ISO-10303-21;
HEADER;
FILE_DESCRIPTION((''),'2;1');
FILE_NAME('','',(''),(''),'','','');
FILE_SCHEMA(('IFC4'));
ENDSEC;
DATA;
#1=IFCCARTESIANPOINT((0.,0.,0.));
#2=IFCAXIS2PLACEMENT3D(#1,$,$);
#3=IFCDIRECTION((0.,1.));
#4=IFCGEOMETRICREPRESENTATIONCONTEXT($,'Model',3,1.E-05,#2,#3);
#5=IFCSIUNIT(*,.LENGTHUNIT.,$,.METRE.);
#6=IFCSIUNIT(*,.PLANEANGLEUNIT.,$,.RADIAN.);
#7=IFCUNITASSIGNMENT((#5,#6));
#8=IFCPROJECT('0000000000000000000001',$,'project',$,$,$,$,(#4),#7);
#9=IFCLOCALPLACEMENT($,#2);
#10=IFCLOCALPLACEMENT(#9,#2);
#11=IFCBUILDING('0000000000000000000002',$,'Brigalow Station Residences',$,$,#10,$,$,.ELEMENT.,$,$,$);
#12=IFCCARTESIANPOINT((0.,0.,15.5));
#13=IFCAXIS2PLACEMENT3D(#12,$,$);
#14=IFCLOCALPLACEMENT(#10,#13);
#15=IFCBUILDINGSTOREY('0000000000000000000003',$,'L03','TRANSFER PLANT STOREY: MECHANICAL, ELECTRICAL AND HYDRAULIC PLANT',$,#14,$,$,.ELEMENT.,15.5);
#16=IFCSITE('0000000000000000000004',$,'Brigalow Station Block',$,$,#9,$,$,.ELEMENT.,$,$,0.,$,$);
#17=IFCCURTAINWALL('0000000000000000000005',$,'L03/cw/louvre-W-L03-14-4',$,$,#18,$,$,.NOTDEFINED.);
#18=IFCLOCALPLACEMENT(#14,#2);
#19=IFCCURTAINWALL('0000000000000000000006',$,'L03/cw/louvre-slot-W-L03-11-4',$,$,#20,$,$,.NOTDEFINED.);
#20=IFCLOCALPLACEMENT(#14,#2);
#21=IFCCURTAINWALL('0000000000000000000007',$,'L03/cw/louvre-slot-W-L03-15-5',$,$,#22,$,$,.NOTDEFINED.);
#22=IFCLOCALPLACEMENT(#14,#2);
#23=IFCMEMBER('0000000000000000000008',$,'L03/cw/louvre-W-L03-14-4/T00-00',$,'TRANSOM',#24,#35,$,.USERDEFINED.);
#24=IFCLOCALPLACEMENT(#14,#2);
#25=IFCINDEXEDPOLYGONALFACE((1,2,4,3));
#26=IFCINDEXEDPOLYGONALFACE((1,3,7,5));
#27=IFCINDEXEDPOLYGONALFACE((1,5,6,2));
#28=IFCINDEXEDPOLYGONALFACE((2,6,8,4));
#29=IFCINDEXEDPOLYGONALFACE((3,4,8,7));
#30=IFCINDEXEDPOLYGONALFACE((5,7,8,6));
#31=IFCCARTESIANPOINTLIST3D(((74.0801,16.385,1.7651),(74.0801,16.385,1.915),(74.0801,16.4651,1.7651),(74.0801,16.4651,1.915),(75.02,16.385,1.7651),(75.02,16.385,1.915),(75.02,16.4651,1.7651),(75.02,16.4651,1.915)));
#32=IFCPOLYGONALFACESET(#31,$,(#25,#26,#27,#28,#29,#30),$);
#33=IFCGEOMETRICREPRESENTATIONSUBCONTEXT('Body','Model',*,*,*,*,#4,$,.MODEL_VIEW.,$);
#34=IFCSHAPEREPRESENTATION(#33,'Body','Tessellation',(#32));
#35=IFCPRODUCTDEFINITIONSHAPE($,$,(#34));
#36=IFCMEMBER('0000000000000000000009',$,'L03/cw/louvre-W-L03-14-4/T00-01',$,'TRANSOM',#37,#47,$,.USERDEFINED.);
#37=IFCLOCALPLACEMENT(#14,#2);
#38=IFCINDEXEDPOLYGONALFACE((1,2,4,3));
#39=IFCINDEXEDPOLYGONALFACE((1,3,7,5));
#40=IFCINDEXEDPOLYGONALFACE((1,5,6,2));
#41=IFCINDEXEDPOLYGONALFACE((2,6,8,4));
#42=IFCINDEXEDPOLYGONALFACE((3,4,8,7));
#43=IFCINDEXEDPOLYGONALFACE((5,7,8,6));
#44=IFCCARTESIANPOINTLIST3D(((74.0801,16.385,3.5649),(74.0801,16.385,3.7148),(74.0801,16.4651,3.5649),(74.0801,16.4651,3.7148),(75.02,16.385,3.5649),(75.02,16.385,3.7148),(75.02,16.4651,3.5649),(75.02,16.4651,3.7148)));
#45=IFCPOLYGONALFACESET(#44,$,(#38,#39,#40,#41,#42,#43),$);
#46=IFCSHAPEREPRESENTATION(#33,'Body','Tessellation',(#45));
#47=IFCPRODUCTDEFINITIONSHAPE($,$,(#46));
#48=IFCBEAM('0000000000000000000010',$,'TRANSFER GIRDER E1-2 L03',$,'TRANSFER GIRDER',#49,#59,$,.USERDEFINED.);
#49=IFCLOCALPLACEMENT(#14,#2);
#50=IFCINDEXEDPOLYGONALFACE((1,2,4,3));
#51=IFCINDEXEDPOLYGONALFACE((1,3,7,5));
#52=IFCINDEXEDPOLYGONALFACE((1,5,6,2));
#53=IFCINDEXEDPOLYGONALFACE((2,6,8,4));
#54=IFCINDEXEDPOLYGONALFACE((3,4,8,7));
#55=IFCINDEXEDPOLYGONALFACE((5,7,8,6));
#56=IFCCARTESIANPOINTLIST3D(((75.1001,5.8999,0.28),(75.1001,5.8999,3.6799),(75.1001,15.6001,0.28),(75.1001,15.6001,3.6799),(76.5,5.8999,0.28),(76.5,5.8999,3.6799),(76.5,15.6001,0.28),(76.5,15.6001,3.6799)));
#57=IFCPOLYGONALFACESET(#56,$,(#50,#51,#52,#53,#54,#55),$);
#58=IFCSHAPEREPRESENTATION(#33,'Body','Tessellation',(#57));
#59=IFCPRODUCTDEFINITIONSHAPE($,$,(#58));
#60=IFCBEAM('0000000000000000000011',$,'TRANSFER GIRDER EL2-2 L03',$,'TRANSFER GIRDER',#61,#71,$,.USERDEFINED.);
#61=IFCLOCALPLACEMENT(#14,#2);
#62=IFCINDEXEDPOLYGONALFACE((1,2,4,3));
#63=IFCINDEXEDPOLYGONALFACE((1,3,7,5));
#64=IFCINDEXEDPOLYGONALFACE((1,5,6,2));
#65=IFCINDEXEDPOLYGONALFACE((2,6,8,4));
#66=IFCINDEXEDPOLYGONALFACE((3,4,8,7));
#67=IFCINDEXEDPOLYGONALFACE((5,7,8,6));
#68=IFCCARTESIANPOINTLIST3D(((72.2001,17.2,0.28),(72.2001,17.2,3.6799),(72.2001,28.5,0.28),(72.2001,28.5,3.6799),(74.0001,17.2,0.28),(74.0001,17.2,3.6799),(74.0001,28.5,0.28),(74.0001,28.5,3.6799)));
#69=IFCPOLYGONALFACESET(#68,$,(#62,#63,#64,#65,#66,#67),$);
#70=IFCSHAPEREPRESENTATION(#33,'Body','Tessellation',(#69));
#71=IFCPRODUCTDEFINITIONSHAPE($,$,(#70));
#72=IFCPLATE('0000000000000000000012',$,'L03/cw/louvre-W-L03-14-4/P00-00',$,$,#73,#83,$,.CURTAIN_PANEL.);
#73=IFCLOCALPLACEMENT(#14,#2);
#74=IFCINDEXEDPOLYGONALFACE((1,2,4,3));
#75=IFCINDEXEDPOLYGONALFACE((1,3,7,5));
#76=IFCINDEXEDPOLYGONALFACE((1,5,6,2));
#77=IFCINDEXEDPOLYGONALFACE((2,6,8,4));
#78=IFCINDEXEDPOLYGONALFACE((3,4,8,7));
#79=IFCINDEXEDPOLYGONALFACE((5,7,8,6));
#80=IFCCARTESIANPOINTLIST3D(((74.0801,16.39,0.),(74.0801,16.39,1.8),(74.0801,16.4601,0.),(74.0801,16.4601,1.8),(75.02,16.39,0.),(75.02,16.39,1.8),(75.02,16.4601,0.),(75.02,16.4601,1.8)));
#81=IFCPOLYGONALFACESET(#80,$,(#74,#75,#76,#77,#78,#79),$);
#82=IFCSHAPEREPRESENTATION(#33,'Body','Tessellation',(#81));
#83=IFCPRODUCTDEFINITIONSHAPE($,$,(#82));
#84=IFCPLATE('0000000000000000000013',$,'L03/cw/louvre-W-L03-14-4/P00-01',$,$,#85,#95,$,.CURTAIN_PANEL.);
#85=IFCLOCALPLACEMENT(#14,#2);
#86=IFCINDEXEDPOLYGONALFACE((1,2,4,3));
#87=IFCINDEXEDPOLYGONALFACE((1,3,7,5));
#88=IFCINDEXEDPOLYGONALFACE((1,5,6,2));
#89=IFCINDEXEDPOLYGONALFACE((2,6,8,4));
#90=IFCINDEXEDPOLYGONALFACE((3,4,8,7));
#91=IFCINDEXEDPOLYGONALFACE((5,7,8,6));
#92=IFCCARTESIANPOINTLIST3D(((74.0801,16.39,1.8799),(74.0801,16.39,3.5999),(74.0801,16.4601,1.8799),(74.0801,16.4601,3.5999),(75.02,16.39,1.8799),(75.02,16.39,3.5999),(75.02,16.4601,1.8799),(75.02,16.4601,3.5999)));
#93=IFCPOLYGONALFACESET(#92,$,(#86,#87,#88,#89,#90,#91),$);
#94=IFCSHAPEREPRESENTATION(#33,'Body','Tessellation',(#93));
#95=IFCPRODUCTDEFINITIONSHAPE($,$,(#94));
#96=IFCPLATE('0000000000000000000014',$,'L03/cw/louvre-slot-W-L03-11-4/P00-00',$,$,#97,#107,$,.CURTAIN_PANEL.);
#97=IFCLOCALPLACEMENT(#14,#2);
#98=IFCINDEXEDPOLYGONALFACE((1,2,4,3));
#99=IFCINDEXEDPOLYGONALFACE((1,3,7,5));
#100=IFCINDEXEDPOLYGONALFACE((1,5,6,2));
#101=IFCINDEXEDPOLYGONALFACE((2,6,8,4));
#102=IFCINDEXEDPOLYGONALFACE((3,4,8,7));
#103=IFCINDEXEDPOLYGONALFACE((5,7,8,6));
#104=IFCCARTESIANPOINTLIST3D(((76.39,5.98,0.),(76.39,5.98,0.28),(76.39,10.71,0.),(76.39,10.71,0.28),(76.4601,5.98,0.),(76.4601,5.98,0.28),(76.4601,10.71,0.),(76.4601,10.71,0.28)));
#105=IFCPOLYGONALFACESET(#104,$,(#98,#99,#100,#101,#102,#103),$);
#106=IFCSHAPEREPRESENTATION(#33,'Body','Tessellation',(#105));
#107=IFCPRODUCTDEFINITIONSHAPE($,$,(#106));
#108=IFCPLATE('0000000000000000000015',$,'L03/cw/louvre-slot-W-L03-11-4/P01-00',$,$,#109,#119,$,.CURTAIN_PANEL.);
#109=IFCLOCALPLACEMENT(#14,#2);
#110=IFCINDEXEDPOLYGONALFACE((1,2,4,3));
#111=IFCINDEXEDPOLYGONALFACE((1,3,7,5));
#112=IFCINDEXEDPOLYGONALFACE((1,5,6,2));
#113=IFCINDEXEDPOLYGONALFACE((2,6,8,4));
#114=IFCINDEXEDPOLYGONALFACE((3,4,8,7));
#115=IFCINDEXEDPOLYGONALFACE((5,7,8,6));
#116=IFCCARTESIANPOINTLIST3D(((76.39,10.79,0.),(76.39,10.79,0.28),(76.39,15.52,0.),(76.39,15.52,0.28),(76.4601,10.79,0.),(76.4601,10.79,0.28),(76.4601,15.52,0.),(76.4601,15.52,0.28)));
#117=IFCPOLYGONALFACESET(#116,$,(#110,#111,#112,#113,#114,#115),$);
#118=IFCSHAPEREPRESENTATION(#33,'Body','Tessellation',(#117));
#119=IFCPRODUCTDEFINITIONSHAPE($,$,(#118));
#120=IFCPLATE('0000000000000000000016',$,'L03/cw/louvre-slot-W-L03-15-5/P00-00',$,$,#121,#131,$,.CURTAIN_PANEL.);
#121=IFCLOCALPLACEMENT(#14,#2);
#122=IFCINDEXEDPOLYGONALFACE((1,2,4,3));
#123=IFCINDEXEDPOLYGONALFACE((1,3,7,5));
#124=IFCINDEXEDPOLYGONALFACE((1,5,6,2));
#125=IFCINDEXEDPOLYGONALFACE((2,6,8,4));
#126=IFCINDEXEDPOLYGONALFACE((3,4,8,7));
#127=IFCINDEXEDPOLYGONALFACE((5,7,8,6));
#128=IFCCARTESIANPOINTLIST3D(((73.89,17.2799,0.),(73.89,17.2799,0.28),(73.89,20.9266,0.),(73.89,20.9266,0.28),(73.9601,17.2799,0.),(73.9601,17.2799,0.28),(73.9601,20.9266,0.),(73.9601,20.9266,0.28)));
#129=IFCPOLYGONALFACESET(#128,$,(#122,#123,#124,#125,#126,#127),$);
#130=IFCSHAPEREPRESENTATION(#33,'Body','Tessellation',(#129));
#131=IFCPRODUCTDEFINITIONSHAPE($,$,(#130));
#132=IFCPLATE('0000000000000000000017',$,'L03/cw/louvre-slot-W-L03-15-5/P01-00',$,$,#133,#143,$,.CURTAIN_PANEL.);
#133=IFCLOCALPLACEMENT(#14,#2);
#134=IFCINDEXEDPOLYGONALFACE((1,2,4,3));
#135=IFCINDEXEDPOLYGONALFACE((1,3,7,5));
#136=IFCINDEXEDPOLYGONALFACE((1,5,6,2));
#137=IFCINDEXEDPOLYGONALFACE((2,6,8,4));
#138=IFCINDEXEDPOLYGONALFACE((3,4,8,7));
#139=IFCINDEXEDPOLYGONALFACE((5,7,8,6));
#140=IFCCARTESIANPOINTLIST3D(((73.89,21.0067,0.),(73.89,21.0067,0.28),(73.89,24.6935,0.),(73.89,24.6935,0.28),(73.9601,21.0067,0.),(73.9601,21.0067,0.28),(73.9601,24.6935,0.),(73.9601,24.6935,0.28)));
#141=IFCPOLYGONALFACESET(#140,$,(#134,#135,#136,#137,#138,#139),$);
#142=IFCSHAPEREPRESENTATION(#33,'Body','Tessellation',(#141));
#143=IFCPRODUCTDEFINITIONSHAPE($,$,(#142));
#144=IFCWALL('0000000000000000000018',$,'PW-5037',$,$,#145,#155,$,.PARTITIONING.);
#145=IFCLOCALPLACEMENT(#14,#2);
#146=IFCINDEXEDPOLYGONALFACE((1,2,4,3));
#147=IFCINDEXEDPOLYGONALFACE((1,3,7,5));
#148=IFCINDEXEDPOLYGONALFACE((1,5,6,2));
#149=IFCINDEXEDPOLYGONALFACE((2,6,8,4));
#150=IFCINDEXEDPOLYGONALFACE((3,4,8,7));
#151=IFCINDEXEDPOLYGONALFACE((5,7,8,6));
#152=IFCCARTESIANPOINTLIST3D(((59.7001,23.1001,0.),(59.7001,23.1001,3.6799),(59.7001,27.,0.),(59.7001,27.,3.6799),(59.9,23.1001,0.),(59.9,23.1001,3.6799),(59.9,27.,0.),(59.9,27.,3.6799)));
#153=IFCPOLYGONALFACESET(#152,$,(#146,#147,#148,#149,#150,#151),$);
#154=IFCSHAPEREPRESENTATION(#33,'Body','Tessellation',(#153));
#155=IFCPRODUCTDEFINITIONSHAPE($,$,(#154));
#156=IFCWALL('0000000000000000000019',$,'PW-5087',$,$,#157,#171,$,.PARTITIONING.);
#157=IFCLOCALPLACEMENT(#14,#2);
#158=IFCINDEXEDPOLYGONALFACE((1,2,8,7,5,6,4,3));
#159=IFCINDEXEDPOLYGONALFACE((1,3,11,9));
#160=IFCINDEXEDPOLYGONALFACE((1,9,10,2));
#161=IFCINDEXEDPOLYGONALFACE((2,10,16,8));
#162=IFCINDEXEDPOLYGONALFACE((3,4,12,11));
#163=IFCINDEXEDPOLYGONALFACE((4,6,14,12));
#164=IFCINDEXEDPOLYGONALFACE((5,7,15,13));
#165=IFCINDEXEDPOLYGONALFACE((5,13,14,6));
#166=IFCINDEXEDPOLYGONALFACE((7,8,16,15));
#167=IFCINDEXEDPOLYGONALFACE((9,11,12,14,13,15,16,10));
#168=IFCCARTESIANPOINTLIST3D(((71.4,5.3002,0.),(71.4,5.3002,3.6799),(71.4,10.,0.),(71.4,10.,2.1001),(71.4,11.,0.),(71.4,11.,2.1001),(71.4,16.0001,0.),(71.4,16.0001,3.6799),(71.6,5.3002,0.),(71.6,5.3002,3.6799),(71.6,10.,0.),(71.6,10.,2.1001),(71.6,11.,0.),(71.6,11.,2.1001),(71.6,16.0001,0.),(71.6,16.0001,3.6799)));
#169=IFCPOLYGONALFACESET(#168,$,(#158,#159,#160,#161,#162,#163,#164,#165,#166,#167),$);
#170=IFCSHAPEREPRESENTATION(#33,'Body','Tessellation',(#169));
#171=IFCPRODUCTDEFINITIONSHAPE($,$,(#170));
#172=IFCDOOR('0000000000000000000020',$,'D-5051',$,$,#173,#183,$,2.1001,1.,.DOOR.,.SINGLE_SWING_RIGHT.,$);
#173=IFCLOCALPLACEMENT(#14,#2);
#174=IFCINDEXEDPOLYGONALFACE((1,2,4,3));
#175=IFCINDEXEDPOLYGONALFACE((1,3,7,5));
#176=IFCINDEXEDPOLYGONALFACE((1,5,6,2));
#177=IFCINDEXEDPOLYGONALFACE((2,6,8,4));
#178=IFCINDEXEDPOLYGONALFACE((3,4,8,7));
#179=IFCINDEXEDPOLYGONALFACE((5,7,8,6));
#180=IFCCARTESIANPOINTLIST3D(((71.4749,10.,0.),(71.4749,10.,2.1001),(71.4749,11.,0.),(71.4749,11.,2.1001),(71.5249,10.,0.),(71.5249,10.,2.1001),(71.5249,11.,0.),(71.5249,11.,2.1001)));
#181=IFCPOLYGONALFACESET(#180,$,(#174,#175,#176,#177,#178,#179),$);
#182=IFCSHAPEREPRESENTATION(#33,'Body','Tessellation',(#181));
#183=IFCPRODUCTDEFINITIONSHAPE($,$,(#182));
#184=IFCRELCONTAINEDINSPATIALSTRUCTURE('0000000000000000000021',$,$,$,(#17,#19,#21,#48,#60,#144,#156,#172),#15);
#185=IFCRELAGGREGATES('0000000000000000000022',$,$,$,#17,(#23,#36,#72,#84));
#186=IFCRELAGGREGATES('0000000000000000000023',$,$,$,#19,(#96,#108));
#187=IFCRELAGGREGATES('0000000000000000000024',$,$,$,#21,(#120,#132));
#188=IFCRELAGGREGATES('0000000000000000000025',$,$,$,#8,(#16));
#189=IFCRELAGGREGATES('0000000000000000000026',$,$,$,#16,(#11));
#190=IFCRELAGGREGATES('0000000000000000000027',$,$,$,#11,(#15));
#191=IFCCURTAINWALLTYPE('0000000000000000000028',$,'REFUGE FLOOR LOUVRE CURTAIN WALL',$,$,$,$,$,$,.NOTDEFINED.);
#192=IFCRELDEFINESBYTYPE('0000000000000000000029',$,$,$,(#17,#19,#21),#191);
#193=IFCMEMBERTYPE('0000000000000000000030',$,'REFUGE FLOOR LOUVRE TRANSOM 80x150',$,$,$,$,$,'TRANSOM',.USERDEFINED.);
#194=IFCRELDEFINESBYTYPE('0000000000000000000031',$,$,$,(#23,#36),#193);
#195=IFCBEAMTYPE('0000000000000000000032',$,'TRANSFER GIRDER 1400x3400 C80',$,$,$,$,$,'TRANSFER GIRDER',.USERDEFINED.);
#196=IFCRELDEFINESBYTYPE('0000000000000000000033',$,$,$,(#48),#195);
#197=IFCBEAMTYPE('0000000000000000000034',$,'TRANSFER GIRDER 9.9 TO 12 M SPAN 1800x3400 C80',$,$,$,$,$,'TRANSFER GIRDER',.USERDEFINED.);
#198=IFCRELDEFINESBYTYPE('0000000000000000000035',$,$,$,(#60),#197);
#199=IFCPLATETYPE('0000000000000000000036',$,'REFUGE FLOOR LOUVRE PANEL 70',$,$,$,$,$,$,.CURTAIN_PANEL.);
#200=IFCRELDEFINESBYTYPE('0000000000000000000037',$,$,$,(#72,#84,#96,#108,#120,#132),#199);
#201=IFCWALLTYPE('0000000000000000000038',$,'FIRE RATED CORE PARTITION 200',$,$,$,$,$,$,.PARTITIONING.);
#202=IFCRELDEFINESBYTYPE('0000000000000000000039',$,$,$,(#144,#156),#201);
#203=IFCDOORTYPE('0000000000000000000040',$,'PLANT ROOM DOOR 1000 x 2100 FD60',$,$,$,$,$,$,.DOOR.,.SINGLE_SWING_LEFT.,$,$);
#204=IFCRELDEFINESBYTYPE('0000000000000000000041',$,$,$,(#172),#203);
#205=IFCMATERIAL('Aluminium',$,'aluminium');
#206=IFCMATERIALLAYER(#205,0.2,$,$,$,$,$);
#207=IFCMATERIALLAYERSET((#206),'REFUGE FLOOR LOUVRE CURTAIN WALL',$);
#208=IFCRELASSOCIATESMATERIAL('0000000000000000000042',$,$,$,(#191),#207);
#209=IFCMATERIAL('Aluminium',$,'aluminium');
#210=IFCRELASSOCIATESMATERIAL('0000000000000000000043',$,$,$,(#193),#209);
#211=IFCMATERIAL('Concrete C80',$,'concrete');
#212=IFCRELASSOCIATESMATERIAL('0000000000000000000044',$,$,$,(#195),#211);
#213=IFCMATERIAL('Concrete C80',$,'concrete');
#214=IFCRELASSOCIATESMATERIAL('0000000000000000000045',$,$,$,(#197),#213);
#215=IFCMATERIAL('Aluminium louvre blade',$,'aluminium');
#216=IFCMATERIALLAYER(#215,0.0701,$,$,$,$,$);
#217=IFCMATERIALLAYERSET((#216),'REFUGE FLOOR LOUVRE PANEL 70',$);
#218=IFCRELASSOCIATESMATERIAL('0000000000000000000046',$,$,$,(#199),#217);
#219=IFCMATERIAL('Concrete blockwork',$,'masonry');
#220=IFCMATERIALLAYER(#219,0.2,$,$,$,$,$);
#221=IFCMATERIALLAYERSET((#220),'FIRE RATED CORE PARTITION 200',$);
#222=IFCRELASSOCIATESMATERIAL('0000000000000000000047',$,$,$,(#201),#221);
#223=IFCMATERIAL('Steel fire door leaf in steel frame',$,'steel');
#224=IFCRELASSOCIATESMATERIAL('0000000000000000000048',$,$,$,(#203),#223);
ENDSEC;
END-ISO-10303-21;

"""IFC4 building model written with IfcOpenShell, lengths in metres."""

from ifc_helpers import new_model, si_unit, direction, frame, frame_2d, origin, origin_2d, place, context, subcontext, project, spatial, rectangle, extrude, material, layer, layer_set, material_profile, profile_set, type_object, element, fill, aggregate, save


model = new_model("IFC4")

# Units and contexts
model_context = context("Model", 3, precision=1e-05, world=origin(), true_north=direction((0.0, 1.0)))
body_context = subcontext(model_context, "Body", "Model", "MODEL_VIEW")
ifc_project = project(units=[si_unit("LENGTHUNIT", "METRE"), si_unit("PLANEANGLEUNIT", "RADIAN")], contexts=[model_context])

# Site, building, storey
site_placement = place(None, origin())
site = spatial("IfcSite", under=ifc_project, at=site_placement, Name="Brigalow Station Block", CompositionType="ELEMENT", RefElevation=0.0)
building_placement = place(site_placement, origin())
building = spatial("IfcBuilding", under=site, at=building_placement, Name="Brigalow Station Residences", CompositionType="ELEMENT")
storey_placement = place(building_placement, frame((0.0, 0.0, 15.5)))
storey = spatial("IfcBuildingStorey", under=building, at=storey_placement, Name="L03", Description="TRANSFER PLANT STOREY: MECHANICAL, ELECTRICAL AND HYDRAULIC PLANT", CompositionType="ELEMENT", Elevation=15.5)

# Curtain walls
ifc_material_1 = material(Name="Aluminium", Category="aluminium")
ifc_layer_1 = layer(ifc_material_1, 0.2)
ifc_layer_set_1 = layer_set([ifc_layer_1], Name="REFUGE FLOOR LOUVRE CURTAIN WALL")
curtain_wall_type = type_object("IfcCurtainWallType", Name="REFUGE FLOOR LOUVRE CURTAIN WALL", PredefinedType="NOTDEFINED", material=ifc_layer_set_1)
curtain_wall_1_placement = place(storey_placement, origin())
curtain_wall_1 = element("IfcCurtainWall", 1, at=curtain_wall_1_placement, inside=storey, type_object=curtain_wall_type, Name="L03/cw/louvre-W-L03-14-4", PredefinedType="NOTDEFINED")
curtain_wall_2_placement = place(storey_placement, origin())
curtain_wall_2 = element("IfcCurtainWall", 2, at=curtain_wall_2_placement, inside=storey, type_object=curtain_wall_type, Name="L03/cw/louvre-slot-W-L03-11-4", PredefinedType="NOTDEFINED")
curtain_wall_3_placement = place(storey_placement, origin())
curtain_wall_3 = element("IfcCurtainWall", 3, at=curtain_wall_3_placement, inside=storey, type_object=curtain_wall_type, Name="L03/cw/louvre-slot-W-L03-15-5", PredefinedType="NOTDEFINED")

# Members
ifc_material_2 = material(Name="Aluminium", Category="aluminium")
ifc_material_profile_1 = material_profile(ifc_material_2, rectangle(XDim=0.0801, YDim=0.1499, at=origin_2d()), Name="REFUGE FLOOR LOUVRE TRANSOM 80x150")
ifc_profile_set_1 = profile_set([ifc_material_profile_1], Name="Aluminium")
member_type_1 = type_object("IfcMemberType", Name="REFUGE FLOOR LOUVRE TRANSOM 80x150", ElementType="TRANSOM", PredefinedType="USERDEFINED", material=ifc_profile_set_1)
member_1_placement = place(storey_placement, frame((75.02, 16.425, 1.8401), z_axis=(-1.0, 0.0, 0.0), x_axis=(0.0, -1.0, 0.0)))
member_1 = element("IfcMember", 4, at=member_1_placement, type_object=member_type_1, Name="L03/cw/louvre-W-L03-14-4/T00-00", ObjectType="TRANSOM", PredefinedType="USERDEFINED", context=body_context, shape_type="SweptSolid", body=[
    extrude(rectangle(XDim=0.0801, YDim=0.1499, at=origin_2d()), origin(), (0.0, 0.0, 1.0), 0.9399),
])
member_2_placement = place(storey_placement, frame((75.02, 16.425, 3.6399), z_axis=(-1.0, 0.0, 0.0), x_axis=(0.0, -1.0, 0.0)))
member_2 = element("IfcMember", 5, at=member_2_placement, type_object=member_type_1, Name="L03/cw/louvre-W-L03-14-4/T00-01", ObjectType="TRANSOM", PredefinedType="USERDEFINED", context=body_context, shape_type="SweptSolid", body=[
    extrude(rectangle(XDim=0.0801, YDim=0.1499, at=origin_2d()), origin(), (0.0, 0.0, 1.0), 0.9399),
])

# Beams
ifc_material_3 = material(Name="Concrete C80", Category="concrete")
ifc_material_profile_2 = material_profile(ifc_material_3, rectangle(XDim=1.3999, YDim=3.3999, at=origin_2d()), Name="RC1400x3400")
ifc_profile_set_2 = profile_set([ifc_material_profile_2], Name="Concrete C80")
beam_type_1 = type_object("IfcBeamType", Name="TRANSFER GIRDER 1400x3400 C80", ElementType="TRANSFER GIRDER", PredefinedType="USERDEFINED", material=ifc_profile_set_2)
beam_1_placement = place(storey_placement, frame((75.8, 5.8999, 1.98), z_axis=(0.0, 1.0, 0.0), x_axis=(-1.0, 0.0, 0.0)))
element("IfcBeam", 6, at=beam_1_placement, inside=storey, type_object=beam_type_1, Name="TRANSFER GIRDER E1-2 L03", ObjectType="TRANSFER GIRDER", PredefinedType="USERDEFINED", context=body_context, shape_type="SweptSolid", body=[
    extrude(rectangle(XDim=1.3999, YDim=3.3999, at=origin_2d()), origin(), (0.0, 0.0, 1.0), 9.7002),
])
ifc_material_4 = material(Name="Concrete C80", Category="concrete")
ifc_material_profile_3 = material_profile(ifc_material_4, rectangle(XDim=1.8, YDim=3.3999, at=origin_2d()), Name="RC1800x3400")
ifc_profile_set_3 = profile_set([ifc_material_profile_3], Name="Concrete C80")
beam_type_2 = type_object("IfcBeamType", Name="TRANSFER GIRDER 9.9 TO 12 M SPAN 1800x3400 C80", ElementType="TRANSFER GIRDER", PredefinedType="USERDEFINED", material=ifc_profile_set_3)
beam_2_placement = place(storey_placement, frame((73.1001, 17.2, 1.98), z_axis=(0.0, 1.0, 0.0), x_axis=(-1.0, 0.0, 0.0)))
element("IfcBeam", 7, at=beam_2_placement, inside=storey, type_object=beam_type_2, Name="TRANSFER GIRDER EL2-2 L03", ObjectType="TRANSFER GIRDER", PredefinedType="USERDEFINED", context=body_context, shape_type="SweptSolid", body=[
    extrude(rectangle(XDim=1.8, YDim=3.3999, at=origin_2d()), origin(), (0.0, 0.0, 1.0), 11.3),
])

# Plates
ifc_material_5 = material(Name="Aluminium louvre blade", Category="aluminium")
ifc_layer_2 = layer(ifc_material_5, 0.0701)
ifc_layer_set_2 = layer_set([ifc_layer_2], Name="REFUGE FLOOR LOUVRE PANEL 70")
plate_type = type_object("IfcPlateType", Name="REFUGE FLOOR LOUVRE PANEL 70", PredefinedType="CURTAIN_PANEL", material=ifc_layer_set_2)
plate_1_placement = place(storey_placement, frame((74.55, 16.425, 0.0), z_axis=(0.0, 0.0, 1.0), x_axis=(-1.0, 0.0, 0.0)))
plate_1 = element("IfcPlate", 8, at=plate_1_placement, type_object=plate_type, Name="L03/cw/louvre-W-L03-14-4/P00-00", PredefinedType="CURTAIN_PANEL", context=body_context, shape_type="SweptSolid", body=[
    extrude(rectangle(XDim=0.9399, YDim=0.0701, at=origin_2d()), origin(), (0.0, 0.0, 1.0), 1.8),
])
plate_2_placement = place(storey_placement, frame((74.55, 16.425, 1.8799), z_axis=(0.0, 0.0, 1.0), x_axis=(-1.0, 0.0, 0.0)))
plate_2 = element("IfcPlate", 9, at=plate_2_placement, type_object=plate_type, Name="L03/cw/louvre-W-L03-14-4/P00-01", PredefinedType="CURTAIN_PANEL", context=body_context, shape_type="SweptSolid", body=[
    extrude(rectangle(XDim=0.9399, YDim=0.0701, at=origin_2d()), origin(), (0.0, 0.0, 1.0), 1.72),
])
aggregate(curtain_wall_1, [member_1, member_2, plate_1, plate_2])
plate_3_placement = place(storey_placement, frame((76.425, 8.345, 0.0), z_axis=(0.0, 0.0, 1.0), x_axis=(0.0, 1.0, 0.0)))
plate_3 = element("IfcPlate", 10, at=plate_3_placement, type_object=plate_type, Name="L03/cw/louvre-slot-W-L03-11-4/P00-00", PredefinedType="CURTAIN_PANEL", context=body_context, shape_type="SweptSolid", body=[
    extrude(rectangle(XDim=4.73, YDim=0.0701, at=origin_2d()), origin(), (0.0, 0.0, 1.0), 0.28),
])
plate_4_placement = place(storey_placement, frame((76.425, 13.155, 0.0), z_axis=(0.0, 0.0, 1.0), x_axis=(0.0, 1.0, 0.0)))
plate_4 = element("IfcPlate", 11, at=plate_4_placement, type_object=plate_type, Name="L03/cw/louvre-slot-W-L03-11-4/P01-00", PredefinedType="CURTAIN_PANEL", context=body_context, shape_type="SweptSolid", body=[
    extrude(rectangle(XDim=4.73, YDim=0.0701, at=origin_2d()), origin(), (0.0, 0.0, 1.0), 0.28),
])
aggregate(curtain_wall_2, [plate_3, plate_4])
plate_5_placement = place(storey_placement, frame((73.925, 19.1033, 0.0), z_axis=(0.0, 0.0, 1.0), x_axis=(0.0, 1.0, 0.0)))
plate_5 = element("IfcPlate", 12, at=plate_5_placement, type_object=plate_type, Name="L03/cw/louvre-slot-W-L03-15-5/P00-00", PredefinedType="CURTAIN_PANEL", context=body_context, shape_type="SweptSolid", body=[
    extrude(rectangle(XDim=3.6467, YDim=0.0701, at=origin_2d()), origin(), (0.0, 0.0, 1.0), 0.28),
])
plate_6_placement = place(storey_placement, frame((73.925, 22.8501, 0.0), z_axis=(0.0, 0.0, 1.0), x_axis=(0.0, 1.0, 0.0)))
plate_6 = element("IfcPlate", 13, at=plate_6_placement, type_object=plate_type, Name="L03/cw/louvre-slot-W-L03-15-5/P01-00", PredefinedType="CURTAIN_PANEL", context=body_context, shape_type="SweptSolid", body=[
    extrude(rectangle(XDim=3.6868, YDim=0.0701, at=origin_2d()), origin(), (0.0, 0.0, 1.0), 0.28),
])
aggregate(curtain_wall_3, [plate_5, plate_6])

# Wall
ifc_material_6 = material(Name="Concrete blockwork", Category="masonry")
ifc_layer_3 = layer(ifc_material_6, 0.2)
ifc_layer_set_3 = layer_set([ifc_layer_3], Name="FIRE RATED CORE PARTITION 200")
wall_type_1 = type_object("IfcWallType", Name="FIRE RATED CORE PARTITION 200", PredefinedType="PARTITIONING", material=ifc_layer_set_3)
wall_1_placement = place(storey_placement, frame((59.8, 23.1001, 0.0), z_axis=(0.0, 0.0, 1.0), x_axis=(0.0, 1.0, 0.0)))
element("IfcWall", 14, at=wall_1_placement, inside=storey, type_object=wall_type_1, Name="PW-5037", PredefinedType="PARTITIONING", context=body_context, shape_type="SweptSolid", body=[
    extrude(rectangle(XDim=3.8999, YDim=0.2, at=frame_2d((1.95, 0.0))), origin(), (0.0, 0.0, 1.0), 3.6799),
])

# Wall, opening, door
wall_2_placement = place(storey_placement, frame((71.5, 5.3, 0.0), z_axis=(0.0, 0.0, 1.0), x_axis=(0.0, 1.0, 0.0)))
wall_2 = element("IfcWall", 15, at=wall_2_placement, inside=storey, type_object=wall_type_1, Name="PW-5087", PredefinedType="PARTITIONING", context=body_context, shape_type="SweptSolid", body=[
    extrude(rectangle(XDim=10.7, YDim=0.2, at=frame_2d((5.3501, 0.0))), origin(), (0.0, 0.0, 1.0), 3.6799),
])
opening_placement = place(wall_2_placement, frame((4.7, 0.0, 0.0)))
opening = element("IfcOpeningElement", 16, at=opening_placement, cuts=wall_2, PredefinedType="OPENING", context=body_context, shape_type="SweptSolid", body=[
    extrude(rectangle(XDim=1.0, YDim=2.1001, at=frame_2d((0.5, 1.05))), frame((0.0, 0.1099, 0.0), z_axis=(0.0, -1.0, 0.0), x_axis=(1.0, 0.0, 0.0)), (0.0, 0.0, 1.0), 0.22),
])
ifc_material_7 = material(Name="Steel fire door leaf in steel frame", Category="steel")
door_type = type_object("IfcDoorType", Name="PLANT ROOM DOOR 1000 x 2100 FD60", OperationType="SINGLE_SWING_LEFT", PredefinedType="DOOR", material=ifc_material_7)
door_placement = place(opening_placement, frame((1.0, 0.0, 0.0), z_axis=(0.0, 0.0, 1.0), x_axis=(-1.0, 0.0, 0.0)))
door = element("IfcDoor", 17, at=door_placement, inside=storey, type_object=door_type, Name="D-5051", OperationType="SINGLE_SWING_RIGHT", OverallHeight=2.1001, OverallWidth=1.0, PredefinedType="DOOR", context=body_context, shape_type="SweptSolid", body=[
    extrude(rectangle(XDim=1.0, YDim=2.1001, at=frame_2d((0.5, 1.05))), frame((0.0, 0.0249, 0.0), z_axis=(0.0, -1.0, 0.0), x_axis=(1.0, 0.0, 0.0)), (0.0, 0.0, 1.0), 0.05),
])
fill(opening, door)

save(model, "model.ifc")
